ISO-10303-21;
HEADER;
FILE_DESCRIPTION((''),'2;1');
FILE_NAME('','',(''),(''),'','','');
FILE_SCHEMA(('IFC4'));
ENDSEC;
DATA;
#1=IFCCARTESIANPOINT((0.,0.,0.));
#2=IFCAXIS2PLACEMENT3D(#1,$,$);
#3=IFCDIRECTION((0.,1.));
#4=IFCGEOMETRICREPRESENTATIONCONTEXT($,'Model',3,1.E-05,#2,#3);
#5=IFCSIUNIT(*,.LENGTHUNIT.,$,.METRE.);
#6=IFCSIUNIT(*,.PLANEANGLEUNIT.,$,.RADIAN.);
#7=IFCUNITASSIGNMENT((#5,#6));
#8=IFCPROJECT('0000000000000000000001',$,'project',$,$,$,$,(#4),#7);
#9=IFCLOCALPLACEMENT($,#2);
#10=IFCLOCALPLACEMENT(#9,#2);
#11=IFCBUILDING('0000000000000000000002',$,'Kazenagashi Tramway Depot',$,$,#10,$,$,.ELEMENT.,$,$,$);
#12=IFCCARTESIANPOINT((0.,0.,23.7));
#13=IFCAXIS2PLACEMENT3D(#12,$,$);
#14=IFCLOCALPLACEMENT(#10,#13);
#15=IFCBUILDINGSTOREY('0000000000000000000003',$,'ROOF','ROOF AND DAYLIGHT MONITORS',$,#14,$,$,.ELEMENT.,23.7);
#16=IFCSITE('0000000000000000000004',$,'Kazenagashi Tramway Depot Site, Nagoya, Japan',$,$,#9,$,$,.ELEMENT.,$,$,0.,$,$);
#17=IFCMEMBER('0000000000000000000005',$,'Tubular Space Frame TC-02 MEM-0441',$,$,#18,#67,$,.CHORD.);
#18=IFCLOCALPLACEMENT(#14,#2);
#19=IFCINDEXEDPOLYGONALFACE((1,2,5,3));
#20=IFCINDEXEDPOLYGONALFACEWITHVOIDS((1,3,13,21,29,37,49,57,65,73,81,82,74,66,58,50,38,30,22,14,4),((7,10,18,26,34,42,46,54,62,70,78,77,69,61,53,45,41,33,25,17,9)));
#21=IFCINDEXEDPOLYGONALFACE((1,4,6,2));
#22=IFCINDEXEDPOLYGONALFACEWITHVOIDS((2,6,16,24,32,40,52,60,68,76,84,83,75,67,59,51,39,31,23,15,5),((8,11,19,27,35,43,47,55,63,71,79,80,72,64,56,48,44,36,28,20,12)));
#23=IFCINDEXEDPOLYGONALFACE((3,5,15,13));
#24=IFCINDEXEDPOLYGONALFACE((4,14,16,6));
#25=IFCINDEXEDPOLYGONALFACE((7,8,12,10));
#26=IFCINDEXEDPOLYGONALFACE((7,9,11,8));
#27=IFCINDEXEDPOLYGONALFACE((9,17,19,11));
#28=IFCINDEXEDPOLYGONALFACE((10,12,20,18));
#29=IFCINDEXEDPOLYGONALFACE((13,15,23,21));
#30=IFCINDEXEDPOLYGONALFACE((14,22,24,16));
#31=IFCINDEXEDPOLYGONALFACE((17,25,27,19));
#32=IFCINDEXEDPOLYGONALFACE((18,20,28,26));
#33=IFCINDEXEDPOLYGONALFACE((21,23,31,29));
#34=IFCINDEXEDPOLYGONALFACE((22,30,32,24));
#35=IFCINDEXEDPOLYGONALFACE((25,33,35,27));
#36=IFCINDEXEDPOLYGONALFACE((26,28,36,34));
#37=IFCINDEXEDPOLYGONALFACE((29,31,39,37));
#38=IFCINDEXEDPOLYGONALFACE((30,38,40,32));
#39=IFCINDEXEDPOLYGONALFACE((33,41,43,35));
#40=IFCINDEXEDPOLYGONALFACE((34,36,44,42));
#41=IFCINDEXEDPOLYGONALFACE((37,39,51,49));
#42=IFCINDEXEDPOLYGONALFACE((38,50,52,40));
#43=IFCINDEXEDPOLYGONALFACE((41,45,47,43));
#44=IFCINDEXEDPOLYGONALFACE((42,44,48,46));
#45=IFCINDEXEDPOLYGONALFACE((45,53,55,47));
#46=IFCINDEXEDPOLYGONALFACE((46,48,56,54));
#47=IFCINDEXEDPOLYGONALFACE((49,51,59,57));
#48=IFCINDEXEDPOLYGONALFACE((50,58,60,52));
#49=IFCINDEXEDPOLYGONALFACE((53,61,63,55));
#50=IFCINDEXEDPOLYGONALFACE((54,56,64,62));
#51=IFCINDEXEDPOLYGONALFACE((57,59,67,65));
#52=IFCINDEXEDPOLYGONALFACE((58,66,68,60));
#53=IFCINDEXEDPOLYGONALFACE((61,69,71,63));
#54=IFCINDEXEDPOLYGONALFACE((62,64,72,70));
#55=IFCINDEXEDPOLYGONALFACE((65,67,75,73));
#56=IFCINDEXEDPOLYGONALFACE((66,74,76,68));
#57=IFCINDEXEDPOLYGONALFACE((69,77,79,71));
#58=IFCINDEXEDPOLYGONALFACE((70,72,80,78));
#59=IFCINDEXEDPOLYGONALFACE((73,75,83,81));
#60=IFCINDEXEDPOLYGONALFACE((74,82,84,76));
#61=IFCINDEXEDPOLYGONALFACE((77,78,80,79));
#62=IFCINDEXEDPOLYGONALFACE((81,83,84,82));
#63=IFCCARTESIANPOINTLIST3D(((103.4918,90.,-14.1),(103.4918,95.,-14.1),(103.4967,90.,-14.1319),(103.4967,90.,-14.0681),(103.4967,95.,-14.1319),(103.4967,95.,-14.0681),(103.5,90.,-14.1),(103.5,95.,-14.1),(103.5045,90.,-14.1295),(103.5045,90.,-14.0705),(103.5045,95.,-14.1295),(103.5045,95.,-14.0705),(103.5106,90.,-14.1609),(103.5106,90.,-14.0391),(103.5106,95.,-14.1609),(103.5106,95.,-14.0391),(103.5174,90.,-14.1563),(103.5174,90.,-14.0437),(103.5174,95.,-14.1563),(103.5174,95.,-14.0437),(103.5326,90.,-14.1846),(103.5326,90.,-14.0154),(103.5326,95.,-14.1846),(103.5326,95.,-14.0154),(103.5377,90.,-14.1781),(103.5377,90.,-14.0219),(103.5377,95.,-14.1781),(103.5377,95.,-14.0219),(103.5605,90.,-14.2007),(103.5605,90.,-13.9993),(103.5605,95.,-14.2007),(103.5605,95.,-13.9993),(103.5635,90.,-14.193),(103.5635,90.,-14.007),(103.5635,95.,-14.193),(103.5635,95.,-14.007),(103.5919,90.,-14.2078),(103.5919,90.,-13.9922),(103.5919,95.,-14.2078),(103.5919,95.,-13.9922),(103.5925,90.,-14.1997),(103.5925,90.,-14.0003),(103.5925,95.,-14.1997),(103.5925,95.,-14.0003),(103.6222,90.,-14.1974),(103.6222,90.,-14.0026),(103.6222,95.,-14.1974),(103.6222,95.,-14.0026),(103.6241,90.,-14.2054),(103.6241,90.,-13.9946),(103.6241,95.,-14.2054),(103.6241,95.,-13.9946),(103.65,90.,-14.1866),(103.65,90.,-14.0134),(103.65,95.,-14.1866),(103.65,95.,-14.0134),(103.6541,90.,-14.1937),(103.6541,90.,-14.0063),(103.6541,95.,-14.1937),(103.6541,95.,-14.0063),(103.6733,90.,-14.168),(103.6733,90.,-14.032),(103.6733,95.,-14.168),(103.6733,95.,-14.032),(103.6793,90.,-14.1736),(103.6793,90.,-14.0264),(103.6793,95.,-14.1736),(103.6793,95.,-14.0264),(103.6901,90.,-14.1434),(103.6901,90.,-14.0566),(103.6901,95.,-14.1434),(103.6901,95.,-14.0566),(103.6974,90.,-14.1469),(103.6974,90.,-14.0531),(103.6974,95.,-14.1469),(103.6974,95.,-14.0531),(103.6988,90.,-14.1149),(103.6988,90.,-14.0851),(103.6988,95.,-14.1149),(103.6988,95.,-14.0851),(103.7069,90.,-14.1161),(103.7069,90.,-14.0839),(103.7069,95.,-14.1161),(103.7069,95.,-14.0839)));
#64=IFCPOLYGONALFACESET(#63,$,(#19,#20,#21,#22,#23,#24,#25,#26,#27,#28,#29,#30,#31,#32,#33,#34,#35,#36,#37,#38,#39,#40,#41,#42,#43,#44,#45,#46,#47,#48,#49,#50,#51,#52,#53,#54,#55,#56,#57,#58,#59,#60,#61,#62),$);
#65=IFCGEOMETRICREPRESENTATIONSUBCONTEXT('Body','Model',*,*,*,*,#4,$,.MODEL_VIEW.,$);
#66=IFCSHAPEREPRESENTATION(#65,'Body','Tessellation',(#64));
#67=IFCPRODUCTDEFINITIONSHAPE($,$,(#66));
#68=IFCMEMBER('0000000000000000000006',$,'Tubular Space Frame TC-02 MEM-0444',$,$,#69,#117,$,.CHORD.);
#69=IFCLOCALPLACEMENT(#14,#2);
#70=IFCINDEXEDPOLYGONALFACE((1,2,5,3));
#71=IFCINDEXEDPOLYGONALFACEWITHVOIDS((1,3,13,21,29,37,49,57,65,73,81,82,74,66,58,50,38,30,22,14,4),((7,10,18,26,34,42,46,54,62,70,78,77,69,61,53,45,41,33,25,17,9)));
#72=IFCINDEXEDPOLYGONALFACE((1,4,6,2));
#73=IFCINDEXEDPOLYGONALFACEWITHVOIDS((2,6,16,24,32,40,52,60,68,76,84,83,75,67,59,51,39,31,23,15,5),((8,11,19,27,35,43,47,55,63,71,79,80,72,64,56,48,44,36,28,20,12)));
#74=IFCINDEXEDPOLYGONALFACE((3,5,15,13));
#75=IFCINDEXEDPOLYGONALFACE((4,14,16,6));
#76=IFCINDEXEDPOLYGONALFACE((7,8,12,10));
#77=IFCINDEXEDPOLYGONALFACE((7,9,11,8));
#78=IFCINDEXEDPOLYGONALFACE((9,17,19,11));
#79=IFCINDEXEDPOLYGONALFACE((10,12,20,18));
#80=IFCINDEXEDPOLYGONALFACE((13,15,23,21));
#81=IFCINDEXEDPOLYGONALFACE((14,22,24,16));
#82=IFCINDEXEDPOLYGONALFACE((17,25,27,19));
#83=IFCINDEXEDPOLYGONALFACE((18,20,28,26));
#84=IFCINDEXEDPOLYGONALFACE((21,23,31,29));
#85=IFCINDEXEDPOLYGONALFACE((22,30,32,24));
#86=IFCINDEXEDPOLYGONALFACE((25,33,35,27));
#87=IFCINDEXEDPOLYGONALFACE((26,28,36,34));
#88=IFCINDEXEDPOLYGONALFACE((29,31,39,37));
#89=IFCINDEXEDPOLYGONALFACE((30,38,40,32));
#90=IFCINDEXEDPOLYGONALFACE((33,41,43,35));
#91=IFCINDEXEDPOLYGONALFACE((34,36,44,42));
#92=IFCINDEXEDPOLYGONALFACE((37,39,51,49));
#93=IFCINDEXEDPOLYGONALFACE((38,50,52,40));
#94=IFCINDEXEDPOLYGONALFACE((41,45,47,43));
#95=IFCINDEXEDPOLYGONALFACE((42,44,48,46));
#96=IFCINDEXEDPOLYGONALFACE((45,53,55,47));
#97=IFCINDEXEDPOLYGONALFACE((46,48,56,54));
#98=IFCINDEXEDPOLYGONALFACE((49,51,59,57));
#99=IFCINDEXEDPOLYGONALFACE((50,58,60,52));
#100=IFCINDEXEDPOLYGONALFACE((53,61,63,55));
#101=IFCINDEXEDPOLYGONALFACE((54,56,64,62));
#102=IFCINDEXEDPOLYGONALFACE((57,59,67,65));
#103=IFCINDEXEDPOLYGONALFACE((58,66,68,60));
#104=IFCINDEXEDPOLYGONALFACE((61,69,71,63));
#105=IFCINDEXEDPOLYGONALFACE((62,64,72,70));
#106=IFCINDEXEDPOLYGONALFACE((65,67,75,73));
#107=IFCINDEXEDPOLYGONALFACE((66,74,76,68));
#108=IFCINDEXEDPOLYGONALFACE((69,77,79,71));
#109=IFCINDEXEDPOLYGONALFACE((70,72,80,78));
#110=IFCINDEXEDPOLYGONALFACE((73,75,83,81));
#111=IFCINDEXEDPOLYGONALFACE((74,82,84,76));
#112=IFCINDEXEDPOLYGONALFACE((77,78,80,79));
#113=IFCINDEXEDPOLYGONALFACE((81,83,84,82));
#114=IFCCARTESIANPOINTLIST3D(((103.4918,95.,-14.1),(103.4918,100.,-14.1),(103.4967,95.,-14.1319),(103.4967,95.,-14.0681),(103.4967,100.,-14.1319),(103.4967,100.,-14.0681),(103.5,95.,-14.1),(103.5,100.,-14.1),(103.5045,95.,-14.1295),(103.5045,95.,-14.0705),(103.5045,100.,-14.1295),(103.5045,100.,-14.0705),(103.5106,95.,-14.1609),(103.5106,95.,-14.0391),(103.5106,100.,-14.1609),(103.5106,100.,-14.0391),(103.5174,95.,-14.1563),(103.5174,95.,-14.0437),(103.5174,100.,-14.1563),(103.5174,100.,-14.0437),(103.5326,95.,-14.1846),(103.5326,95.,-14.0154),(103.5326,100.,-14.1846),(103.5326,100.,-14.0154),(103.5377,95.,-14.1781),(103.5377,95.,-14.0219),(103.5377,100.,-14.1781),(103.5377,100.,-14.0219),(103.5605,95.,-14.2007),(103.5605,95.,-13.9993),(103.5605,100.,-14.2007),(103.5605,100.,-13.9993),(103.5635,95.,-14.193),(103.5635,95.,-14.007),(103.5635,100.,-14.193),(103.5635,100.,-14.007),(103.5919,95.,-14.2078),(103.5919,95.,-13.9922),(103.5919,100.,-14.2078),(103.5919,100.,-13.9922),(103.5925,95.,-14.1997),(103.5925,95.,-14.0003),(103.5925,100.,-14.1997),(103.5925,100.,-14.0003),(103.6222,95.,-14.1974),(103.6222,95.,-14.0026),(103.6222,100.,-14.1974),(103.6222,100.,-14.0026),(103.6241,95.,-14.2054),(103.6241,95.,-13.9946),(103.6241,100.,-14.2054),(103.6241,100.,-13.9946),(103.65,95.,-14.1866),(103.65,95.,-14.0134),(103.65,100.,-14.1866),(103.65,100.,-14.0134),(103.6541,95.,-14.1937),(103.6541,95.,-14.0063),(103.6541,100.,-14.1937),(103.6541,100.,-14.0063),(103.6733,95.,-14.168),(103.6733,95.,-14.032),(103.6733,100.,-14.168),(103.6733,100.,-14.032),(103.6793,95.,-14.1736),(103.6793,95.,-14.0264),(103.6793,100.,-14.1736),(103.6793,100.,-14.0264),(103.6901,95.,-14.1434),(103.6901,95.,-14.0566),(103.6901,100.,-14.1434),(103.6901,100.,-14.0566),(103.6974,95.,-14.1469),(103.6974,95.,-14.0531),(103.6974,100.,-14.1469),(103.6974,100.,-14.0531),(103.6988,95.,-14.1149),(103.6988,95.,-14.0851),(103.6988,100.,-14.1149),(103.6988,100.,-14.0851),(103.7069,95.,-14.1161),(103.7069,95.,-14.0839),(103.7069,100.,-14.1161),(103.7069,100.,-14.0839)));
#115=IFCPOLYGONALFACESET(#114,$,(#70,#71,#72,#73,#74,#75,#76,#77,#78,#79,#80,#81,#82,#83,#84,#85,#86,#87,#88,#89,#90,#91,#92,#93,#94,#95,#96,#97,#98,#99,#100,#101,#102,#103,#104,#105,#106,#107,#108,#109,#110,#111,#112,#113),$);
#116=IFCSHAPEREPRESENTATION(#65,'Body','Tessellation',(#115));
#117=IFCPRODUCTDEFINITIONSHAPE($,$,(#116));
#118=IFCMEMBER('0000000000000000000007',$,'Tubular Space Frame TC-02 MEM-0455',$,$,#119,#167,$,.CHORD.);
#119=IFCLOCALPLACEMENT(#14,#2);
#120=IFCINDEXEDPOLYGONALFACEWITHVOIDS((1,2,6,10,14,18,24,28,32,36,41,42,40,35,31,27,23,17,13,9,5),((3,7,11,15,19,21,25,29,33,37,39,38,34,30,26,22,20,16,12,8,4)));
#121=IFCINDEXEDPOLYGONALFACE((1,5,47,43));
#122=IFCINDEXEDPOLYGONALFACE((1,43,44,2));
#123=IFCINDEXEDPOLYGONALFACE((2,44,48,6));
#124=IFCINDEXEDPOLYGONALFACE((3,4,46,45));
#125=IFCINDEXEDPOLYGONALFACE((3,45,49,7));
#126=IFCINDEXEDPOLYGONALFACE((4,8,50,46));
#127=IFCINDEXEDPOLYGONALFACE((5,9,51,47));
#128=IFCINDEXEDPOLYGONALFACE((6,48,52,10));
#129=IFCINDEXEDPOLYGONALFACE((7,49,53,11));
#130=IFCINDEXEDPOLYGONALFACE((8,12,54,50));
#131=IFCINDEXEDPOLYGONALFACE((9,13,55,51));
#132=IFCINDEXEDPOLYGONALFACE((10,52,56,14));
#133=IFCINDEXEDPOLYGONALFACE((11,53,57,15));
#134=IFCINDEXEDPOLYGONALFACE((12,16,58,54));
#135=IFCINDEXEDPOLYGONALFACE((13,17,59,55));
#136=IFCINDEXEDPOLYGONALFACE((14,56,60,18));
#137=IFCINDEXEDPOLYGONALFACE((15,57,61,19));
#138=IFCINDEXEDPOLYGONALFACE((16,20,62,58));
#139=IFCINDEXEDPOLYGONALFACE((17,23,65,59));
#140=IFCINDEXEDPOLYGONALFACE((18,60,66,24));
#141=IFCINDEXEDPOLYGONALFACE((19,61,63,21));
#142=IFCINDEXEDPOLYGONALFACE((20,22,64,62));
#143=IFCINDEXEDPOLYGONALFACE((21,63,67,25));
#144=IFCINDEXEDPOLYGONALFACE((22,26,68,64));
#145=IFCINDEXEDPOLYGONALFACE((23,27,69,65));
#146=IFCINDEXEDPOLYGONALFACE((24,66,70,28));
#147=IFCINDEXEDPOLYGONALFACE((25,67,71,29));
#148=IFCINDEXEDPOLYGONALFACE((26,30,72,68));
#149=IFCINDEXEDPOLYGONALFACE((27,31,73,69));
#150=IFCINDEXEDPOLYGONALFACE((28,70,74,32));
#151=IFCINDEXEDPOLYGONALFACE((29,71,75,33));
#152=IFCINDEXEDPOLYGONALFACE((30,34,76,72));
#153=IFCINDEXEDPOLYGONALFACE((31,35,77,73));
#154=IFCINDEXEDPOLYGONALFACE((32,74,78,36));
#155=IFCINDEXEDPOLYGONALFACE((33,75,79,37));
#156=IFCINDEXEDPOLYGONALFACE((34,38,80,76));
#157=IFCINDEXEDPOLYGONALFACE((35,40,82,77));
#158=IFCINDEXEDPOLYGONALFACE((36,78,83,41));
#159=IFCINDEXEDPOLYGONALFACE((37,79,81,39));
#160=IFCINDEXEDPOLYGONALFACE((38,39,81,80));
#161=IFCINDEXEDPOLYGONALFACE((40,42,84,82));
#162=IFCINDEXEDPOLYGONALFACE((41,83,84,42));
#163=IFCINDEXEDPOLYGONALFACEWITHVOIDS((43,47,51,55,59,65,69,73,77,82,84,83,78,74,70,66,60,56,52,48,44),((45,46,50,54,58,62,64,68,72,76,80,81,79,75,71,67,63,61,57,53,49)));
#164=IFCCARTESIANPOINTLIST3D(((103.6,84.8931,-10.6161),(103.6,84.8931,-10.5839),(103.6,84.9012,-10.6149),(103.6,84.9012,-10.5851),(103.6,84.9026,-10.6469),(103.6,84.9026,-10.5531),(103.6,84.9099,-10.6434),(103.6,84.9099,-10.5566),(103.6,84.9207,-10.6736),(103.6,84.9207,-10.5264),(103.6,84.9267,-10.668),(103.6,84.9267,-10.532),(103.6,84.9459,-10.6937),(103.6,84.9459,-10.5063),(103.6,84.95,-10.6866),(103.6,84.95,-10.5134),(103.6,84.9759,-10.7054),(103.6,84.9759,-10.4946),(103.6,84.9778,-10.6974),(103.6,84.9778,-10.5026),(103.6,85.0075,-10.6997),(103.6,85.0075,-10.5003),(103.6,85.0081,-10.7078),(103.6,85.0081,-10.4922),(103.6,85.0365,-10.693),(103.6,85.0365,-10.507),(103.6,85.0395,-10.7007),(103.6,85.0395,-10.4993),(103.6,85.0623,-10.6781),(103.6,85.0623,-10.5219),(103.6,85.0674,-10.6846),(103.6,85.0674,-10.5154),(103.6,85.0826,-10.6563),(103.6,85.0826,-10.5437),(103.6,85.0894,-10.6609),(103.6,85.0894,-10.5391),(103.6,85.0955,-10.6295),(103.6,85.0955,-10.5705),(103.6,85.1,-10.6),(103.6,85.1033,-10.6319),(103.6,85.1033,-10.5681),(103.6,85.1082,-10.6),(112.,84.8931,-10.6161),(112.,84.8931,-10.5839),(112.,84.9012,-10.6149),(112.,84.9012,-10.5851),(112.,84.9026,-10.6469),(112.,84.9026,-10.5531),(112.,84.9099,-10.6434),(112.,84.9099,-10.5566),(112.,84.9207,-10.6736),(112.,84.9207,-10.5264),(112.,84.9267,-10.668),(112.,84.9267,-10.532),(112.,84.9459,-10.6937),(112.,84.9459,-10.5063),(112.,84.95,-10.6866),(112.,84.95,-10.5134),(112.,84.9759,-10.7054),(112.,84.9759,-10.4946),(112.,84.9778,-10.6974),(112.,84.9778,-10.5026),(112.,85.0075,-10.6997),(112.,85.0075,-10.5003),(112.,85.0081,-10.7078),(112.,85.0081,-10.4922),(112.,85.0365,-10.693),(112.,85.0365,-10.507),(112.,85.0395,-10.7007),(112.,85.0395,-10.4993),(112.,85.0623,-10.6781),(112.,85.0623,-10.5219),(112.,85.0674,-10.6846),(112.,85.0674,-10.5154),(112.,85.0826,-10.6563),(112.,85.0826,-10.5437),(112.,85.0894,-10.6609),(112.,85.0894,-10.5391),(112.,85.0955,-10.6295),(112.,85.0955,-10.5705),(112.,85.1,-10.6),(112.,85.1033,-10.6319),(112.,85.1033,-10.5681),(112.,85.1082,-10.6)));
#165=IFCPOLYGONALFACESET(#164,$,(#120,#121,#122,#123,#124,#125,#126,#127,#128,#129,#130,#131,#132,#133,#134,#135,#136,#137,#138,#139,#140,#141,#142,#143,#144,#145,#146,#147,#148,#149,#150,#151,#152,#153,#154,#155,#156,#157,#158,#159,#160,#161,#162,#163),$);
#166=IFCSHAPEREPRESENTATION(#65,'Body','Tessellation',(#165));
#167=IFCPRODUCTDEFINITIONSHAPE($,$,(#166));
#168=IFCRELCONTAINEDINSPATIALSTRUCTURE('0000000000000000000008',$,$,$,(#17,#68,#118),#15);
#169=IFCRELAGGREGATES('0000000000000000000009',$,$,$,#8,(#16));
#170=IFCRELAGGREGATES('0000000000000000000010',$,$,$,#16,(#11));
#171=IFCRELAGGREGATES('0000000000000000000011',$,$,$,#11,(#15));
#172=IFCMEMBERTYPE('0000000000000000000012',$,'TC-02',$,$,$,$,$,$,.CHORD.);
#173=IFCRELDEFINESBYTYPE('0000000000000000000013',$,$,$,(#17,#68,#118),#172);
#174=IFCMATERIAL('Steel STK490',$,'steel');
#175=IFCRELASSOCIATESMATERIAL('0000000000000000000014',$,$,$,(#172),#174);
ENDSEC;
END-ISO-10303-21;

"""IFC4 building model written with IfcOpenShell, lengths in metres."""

from ifc_helpers import new_model, si_unit, direction, frame, origin, origin_2d, place, context, subcontext, project, spatial, hollow_circle, extrude, material, material_profile, profile_set, type_object, element, save


model = new_model("IFC4")

# Units and contexts
model_context = context("Model", 3, precision=1e-05, world=origin(), true_north=direction((0.0, 1.0)))
body_context = subcontext(model_context, "Body", "Model", "MODEL_VIEW")
ifc_project = project(units=[si_unit("LENGTHUNIT", "METRE"), si_unit("PLANEANGLEUNIT", "RADIAN")], contexts=[model_context])

# Site, building, storey
site_placement = place(None, origin())
site = spatial("IfcSite", under=ifc_project, at=site_placement, Name="Kazenagashi Tramway Depot Site, Nagoya, Japan", CompositionType="ELEMENT", RefElevation=0.0)
building_placement = place(site_placement, origin())
building = spatial("IfcBuilding", under=site, at=building_placement, Name="Kazenagashi Tramway Depot", CompositionType="ELEMENT")
storey_placement = place(building_placement, frame((0.0, 0.0, 23.7)))
storey = spatial("IfcBuildingStorey", under=building, at=storey_placement, Name="ROOF", Description="ROOF AND DAYLIGHT MONITORS", CompositionType="ELEMENT", Elevation=23.7)

# Members
ifc_material_1 = material(Name="Steel STK490", Category="steel")
ifc_material_profile_1 = material_profile(ifc_material_1, hollow_circle(Radius=0.1081, WallThickness=0.0082, at=origin_2d()), Name="CHS-216.3x8.2")
ifc_profile_set_1 = profile_set([ifc_material_profile_1], Name="Steel STK490")
member_type_1 = type_object("IfcMemberType", Name="TC-02", PredefinedType="CHORD", material=ifc_profile_set_1)
for number, where, z_axis, x_axis, name in (
    (1, (103.6, 90.0, -14.1), (0.0, 1.0, 0.0), (-1.0, 0.0, 0.0), "Tubular Space Frame TC-02 MEM-0441"),
    (2, (103.6, 95.0, -14.1), (0.0, 1.0, 0.0), (-1.0, 0.0, 0.0), "Tubular Space Frame TC-02 MEM-0444"),
):
    element("IfcMember", number, at=place(storey_placement, frame(where, z_axis=z_axis, x_axis=x_axis)), inside=storey, type_object=member_type_1, Name=name, PredefinedType="CHORD", context=body_context, shape_type="SweptSolid", body=[
        extrude(hollow_circle(Radius=0.1081, WallThickness=0.0082, at=origin_2d()), origin(), (0.0, 0.0, 1.0), 5.0),
    ])
for number, where, z_axis, x_axis, name in (
    (3, (103.6, 85.0, -10.6), (1.0, 0.0, 0.0), (0.0, 1.0, 0.0), "Tubular Space Frame TC-02 MEM-0455"),
):
    element("IfcMember", number, at=place(storey_placement, frame(where, z_axis=z_axis, x_axis=x_axis)), inside=storey, type_object=member_type_1, Name=name, PredefinedType="CHORD", context=body_context, shape_type="SweptSolid", body=[
        extrude(hollow_circle(Radius=0.1081, WallThickness=0.0082, at=origin_2d()), origin(), (0.0, 0.0, 1.0), 8.4),
    ])

save(model, "model.ifc")
